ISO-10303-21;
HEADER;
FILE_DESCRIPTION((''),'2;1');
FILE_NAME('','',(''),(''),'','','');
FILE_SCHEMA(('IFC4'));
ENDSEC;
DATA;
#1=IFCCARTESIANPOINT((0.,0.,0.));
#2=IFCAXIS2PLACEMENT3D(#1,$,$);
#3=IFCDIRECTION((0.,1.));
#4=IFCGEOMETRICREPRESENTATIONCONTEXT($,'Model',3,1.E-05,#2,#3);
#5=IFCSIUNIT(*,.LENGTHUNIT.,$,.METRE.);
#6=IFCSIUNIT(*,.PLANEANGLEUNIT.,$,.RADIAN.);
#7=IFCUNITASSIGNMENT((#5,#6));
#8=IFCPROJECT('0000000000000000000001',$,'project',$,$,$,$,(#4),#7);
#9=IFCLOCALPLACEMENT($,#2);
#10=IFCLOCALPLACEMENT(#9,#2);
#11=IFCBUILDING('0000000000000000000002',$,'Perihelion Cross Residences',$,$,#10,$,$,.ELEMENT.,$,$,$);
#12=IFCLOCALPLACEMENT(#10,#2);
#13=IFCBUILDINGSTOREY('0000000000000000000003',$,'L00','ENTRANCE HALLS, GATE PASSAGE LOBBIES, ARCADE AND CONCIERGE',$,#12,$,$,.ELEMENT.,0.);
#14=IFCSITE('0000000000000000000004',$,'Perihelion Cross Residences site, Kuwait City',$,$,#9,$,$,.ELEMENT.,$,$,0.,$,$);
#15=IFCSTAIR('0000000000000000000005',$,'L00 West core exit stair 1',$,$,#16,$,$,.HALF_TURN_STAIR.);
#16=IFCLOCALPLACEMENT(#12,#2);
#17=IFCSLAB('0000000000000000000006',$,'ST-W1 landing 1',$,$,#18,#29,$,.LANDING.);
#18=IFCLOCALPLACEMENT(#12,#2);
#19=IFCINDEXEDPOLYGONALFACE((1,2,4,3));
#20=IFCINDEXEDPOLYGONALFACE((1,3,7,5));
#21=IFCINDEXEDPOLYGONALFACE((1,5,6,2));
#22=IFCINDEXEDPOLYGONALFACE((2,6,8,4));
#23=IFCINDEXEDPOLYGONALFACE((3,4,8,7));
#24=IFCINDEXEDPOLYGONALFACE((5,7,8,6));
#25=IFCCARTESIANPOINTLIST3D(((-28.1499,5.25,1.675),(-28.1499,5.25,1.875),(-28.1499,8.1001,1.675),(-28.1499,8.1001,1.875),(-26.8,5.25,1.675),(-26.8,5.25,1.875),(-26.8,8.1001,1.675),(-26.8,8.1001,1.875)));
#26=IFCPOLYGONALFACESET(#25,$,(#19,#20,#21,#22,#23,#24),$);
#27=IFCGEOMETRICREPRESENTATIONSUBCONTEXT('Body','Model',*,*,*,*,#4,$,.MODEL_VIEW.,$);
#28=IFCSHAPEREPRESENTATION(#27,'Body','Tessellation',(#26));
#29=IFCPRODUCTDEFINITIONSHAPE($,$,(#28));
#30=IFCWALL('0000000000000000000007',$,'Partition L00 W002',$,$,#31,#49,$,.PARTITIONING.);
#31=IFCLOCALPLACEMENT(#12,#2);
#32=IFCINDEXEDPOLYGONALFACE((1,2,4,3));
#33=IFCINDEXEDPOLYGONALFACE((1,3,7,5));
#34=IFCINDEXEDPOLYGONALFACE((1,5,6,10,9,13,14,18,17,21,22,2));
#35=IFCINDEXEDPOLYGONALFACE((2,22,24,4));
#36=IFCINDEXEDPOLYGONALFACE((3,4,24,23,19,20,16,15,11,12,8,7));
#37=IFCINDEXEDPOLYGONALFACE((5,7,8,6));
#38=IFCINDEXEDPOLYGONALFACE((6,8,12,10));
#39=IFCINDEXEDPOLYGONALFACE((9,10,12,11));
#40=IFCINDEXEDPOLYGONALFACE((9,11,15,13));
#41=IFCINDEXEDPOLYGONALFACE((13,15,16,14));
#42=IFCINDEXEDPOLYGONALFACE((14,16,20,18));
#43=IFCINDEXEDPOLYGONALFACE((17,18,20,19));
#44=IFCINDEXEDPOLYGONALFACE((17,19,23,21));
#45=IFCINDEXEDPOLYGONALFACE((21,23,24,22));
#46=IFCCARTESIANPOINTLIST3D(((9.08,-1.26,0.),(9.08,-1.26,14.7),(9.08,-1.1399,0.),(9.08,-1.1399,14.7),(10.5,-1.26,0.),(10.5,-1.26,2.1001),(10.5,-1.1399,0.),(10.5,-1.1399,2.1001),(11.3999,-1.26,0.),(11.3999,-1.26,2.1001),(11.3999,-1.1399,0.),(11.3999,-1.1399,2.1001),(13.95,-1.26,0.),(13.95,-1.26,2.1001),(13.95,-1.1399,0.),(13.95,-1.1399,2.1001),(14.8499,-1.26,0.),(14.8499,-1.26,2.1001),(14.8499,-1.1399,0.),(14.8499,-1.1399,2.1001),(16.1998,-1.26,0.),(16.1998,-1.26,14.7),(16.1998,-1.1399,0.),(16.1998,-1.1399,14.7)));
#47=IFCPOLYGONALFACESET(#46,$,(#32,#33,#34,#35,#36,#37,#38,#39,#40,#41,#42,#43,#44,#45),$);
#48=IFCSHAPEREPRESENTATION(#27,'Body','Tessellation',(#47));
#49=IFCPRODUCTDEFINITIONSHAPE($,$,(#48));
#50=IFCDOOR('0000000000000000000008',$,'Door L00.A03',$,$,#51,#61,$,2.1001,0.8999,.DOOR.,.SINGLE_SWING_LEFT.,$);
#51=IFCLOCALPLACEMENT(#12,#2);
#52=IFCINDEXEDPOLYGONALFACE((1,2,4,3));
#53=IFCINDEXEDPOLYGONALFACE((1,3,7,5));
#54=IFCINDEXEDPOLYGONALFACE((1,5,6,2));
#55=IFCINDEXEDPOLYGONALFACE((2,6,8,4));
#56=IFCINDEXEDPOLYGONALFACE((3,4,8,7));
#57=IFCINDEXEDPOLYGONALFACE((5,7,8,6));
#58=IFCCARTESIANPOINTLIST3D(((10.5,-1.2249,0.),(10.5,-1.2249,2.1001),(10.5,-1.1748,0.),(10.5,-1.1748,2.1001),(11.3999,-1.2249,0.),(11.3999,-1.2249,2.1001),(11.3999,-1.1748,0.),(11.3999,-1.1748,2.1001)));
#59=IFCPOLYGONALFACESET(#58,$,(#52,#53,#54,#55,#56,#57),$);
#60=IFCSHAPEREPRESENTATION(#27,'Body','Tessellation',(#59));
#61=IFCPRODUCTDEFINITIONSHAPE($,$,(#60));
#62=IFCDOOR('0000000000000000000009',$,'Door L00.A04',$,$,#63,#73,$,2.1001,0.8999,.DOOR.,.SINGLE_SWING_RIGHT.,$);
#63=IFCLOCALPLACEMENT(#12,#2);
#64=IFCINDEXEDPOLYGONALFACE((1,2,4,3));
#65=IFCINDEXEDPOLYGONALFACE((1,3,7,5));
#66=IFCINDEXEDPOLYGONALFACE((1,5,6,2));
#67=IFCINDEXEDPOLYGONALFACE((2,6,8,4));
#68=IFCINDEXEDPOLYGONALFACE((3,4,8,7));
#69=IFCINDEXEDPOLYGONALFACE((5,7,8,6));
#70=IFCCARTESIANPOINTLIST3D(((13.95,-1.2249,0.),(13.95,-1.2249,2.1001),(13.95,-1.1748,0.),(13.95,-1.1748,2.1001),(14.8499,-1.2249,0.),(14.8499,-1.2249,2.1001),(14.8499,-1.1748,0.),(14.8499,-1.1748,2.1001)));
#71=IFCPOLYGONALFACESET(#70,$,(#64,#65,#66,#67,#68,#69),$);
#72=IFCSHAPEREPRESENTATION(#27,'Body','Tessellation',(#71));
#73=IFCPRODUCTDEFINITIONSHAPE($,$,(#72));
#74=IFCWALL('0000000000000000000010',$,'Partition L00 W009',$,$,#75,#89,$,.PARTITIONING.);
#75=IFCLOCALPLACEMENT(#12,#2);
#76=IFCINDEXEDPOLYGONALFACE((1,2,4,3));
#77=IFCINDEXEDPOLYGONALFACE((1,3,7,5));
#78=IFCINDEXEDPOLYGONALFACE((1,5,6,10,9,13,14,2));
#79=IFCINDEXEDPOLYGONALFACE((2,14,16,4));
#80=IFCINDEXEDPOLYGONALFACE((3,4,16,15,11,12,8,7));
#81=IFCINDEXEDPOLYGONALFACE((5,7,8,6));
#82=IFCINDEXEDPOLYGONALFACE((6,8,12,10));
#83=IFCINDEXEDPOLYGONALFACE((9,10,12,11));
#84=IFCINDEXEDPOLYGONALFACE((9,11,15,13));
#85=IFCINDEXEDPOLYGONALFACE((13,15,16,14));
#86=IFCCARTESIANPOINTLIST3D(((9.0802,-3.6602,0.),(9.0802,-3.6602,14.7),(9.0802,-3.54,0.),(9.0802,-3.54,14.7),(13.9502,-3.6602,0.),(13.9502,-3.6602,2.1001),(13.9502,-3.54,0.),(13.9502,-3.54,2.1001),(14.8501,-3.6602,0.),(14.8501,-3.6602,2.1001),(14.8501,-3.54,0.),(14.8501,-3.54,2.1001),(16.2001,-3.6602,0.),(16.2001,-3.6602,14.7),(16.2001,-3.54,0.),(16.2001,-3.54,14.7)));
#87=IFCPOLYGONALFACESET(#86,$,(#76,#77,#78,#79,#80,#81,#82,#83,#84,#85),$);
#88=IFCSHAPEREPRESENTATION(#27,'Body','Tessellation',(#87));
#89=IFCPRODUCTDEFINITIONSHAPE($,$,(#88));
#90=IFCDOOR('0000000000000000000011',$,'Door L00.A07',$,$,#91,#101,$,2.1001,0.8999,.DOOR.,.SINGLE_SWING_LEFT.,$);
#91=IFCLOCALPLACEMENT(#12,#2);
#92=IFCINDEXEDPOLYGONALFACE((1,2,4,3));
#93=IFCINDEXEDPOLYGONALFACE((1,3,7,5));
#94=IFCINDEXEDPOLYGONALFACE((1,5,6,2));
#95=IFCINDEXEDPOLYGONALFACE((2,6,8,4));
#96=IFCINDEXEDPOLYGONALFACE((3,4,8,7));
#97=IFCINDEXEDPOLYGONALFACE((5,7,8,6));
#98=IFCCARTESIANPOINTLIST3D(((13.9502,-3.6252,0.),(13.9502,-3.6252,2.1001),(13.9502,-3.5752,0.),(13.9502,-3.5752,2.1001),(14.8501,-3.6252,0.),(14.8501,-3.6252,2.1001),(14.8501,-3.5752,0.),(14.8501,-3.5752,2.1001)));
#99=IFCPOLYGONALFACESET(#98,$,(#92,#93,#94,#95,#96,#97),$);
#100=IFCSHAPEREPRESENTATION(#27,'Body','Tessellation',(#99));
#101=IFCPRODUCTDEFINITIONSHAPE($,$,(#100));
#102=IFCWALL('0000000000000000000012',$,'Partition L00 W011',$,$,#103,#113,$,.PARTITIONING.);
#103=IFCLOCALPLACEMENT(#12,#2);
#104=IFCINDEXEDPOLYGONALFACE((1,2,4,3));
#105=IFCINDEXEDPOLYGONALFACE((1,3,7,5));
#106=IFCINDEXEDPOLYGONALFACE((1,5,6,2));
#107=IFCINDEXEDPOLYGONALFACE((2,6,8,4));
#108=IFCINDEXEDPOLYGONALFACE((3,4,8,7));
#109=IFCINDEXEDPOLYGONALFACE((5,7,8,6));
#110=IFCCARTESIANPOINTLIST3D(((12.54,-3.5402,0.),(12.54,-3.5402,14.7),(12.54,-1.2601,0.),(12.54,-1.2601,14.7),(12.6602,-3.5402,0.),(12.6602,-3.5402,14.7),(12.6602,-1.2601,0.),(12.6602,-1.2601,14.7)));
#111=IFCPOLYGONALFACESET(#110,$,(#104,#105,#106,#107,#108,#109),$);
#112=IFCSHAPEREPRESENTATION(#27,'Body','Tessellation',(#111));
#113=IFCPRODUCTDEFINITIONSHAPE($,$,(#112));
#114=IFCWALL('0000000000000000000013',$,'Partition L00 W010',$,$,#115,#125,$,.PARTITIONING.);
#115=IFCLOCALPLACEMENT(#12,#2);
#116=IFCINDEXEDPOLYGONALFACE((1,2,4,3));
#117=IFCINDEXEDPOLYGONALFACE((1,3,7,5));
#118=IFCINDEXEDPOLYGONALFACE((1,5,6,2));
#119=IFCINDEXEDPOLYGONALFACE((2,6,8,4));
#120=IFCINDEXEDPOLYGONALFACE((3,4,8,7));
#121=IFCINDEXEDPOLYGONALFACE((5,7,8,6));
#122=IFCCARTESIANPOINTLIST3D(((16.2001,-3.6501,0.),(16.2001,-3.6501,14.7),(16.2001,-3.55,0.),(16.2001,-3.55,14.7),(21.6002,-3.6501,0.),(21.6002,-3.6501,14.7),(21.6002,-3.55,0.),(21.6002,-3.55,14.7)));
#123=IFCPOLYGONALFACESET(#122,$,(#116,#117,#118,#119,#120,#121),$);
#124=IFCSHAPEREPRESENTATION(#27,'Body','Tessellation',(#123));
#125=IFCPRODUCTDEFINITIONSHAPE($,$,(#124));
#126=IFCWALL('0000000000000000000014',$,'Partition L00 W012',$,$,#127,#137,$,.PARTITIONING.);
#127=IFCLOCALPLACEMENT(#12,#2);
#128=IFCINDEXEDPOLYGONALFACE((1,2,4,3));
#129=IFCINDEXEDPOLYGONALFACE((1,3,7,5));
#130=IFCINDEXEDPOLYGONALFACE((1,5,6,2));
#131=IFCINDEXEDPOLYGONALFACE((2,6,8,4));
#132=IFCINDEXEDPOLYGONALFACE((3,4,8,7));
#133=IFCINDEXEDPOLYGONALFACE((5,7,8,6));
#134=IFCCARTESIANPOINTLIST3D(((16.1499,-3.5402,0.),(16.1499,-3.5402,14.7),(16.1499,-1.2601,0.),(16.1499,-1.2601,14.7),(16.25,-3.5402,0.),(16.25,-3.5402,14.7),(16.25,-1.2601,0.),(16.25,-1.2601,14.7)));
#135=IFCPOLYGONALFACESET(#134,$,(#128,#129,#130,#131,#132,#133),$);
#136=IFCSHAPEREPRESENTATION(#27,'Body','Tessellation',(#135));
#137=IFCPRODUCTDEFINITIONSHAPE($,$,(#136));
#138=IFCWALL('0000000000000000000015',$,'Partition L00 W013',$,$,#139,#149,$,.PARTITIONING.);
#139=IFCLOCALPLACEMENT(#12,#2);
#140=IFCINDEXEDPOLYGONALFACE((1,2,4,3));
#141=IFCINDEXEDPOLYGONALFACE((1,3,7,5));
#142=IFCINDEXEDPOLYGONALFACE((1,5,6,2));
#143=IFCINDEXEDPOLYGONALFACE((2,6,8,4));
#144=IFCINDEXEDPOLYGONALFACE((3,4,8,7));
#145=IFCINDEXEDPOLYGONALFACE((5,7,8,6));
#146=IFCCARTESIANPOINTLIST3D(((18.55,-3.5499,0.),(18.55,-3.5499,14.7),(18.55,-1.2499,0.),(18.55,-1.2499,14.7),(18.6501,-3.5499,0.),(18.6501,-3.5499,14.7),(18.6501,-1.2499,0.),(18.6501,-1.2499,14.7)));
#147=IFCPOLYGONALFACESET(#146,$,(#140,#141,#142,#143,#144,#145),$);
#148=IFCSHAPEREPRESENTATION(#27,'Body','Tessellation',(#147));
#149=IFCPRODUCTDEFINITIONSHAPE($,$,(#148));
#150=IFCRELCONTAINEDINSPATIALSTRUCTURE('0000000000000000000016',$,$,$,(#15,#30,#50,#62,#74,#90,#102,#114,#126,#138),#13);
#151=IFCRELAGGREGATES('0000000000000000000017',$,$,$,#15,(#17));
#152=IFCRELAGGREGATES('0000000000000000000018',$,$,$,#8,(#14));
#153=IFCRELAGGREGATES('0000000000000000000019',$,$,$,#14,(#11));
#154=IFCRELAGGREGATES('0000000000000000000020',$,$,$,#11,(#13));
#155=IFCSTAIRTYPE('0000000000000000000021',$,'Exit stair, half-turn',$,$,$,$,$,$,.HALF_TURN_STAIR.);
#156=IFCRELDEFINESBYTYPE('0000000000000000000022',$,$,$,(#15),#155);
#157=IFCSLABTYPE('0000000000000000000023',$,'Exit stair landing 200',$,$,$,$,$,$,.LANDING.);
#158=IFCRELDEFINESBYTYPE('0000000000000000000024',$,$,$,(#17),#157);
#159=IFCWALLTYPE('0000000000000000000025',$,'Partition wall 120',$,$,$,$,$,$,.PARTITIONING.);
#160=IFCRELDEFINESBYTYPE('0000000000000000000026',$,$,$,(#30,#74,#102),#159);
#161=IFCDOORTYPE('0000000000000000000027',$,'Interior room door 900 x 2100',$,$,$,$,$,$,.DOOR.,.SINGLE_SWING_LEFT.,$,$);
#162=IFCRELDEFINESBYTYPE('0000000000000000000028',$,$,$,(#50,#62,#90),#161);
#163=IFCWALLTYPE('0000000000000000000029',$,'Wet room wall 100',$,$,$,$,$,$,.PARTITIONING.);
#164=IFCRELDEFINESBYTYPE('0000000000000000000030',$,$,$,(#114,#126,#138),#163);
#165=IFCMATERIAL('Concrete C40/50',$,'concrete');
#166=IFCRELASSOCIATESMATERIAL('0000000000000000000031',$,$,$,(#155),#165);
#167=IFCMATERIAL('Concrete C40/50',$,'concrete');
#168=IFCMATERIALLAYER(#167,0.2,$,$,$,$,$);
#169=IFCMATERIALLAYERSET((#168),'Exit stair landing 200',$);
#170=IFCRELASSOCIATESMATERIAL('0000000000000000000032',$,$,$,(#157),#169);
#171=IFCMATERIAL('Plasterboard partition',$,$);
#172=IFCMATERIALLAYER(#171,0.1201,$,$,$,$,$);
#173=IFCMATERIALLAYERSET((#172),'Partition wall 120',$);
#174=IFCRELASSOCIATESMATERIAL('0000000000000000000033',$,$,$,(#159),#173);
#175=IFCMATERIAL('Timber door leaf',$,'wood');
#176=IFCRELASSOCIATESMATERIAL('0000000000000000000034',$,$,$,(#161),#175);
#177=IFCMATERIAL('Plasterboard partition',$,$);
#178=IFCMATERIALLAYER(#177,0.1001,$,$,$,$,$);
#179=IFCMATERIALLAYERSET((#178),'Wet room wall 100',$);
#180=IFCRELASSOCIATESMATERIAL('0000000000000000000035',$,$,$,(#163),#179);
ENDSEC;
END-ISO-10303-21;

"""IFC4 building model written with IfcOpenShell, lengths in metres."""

from ifc_helpers import new_model, si_unit, direction, frame, frame_2d, origin, place, context, subcontext, project, spatial, polyline, rectangle, outline, extrude, material, layer, layer_set, type_object, element, fill, aggregate, save


model = new_model("IFC4")

# Units and contexts
model_context = context("Model", 3, precision=1e-05, world=origin(), true_north=direction((0.0, 1.0)))
body_context = subcontext(model_context, "Body", "Model", "MODEL_VIEW")
ifc_project = project(units=[si_unit("LENGTHUNIT", "METRE"), si_unit("PLANEANGLEUNIT", "RADIAN")], contexts=[model_context])

# Site, building, storey
site_placement = place(None, origin())
site = spatial("IfcSite", under=ifc_project, at=site_placement, Name="Perihelion Cross Residences site, Kuwait City", CompositionType="ELEMENT", RefElevation=0.0)
building_placement = place(site_placement, origin())
building = spatial("IfcBuilding", under=site, at=building_placement, Name="Perihelion Cross Residences", CompositionType="ELEMENT")
storey_placement = place(building_placement, origin())
storey = spatial("IfcBuildingStorey", under=building, at=storey_placement, Name="L00", Description="ENTRANCE HALLS, GATE PASSAGE LOBBIES, ARCADE AND CONCIERGE", CompositionType="ELEMENT", Elevation=0.0)

# Shared definitions
ifc_material_1 = material(Name="Concrete C40/50", Category="concrete")
stair_type = type_object("IfcStairType", Name="Exit stair, half-turn", PredefinedType="HALF_TURN_STAIR", material=ifc_material_1)
ifc_material_2 = material(Name="Concrete C40/50", Category="concrete")
ifc_layer_1 = layer(ifc_material_2, 0.2)
ifc_layer_set_1 = layer_set([ifc_layer_1], Name="Exit stair landing 200")
slab_type = type_object("IfcSlabType", Name="Exit stair landing 200", PredefinedType="LANDING", material=ifc_layer_set_1)

# Stair, slab
stair_1_placement = place(storey_placement, origin())
stair_1 = element("IfcStair", 1, at=stair_1_placement, inside=storey, type_object=stair_type, Name="L00 West core exit stair 1", PredefinedType="HALF_TURN_STAIR")
slab_1_placement = place(storey_placement, frame((0.0, 0.0, 1.675)))
slab_1 = element("IfcSlab", 2, at=slab_1_placement, type_object=slab_type, Name="ST-W1 landing 1", PredefinedType="LANDING", context=body_context, shape_type="SweptSolid", body=[
    extrude(outline(polyline([(-26.8, 8.1001), (-28.1499, 8.1001), (-28.1499, 5.25), (-26.8, 5.25), (-26.8, 8.1001)])), origin(), (0.0, 0.0, 1.0), 0.2),
])
aggregate(stair_1, [slab_1])

# Wall, openings, doors
ifc_material_3 = material(Name="Plasterboard partition")
ifc_layer_2 = layer(ifc_material_3, 0.1201)
ifc_layer_set_2 = layer_set([ifc_layer_2], Name="Partition wall 120")
wall_type_1 = type_object("IfcWallType", Name="Partition wall 120", PredefinedType="PARTITIONING", material=ifc_layer_set_2)
wall_1_placement = place(storey_placement, frame((16.2, -1.2, 0.0), z_axis=(0.0, 0.0, 1.0), x_axis=(-1.0, 0.0, 0.0)))
wall_1 = element("IfcWall", 3, at=wall_1_placement, inside=storey, type_object=wall_type_1, Name="Partition L00 W002", PredefinedType="PARTITIONING", context=body_context, shape_type="SweptSolid", body=[
    extrude(rectangle(XDim=7.1199, YDim=0.1201, at=frame_2d((3.5601, 0.0))), origin(), (0.0, 0.0, 1.0), 14.7),
])
opening_1_placement = place(wall_1_placement, frame((4.8, 0.0, 0.0)))
opening_1 = element("IfcOpeningElement", 4, at=opening_1_placement, cuts=wall_1, PredefinedType="OPENING", context=body_context, shape_type="SweptSolid", body=[
    extrude(rectangle(XDim=0.8999, YDim=2.1001, at=frame_2d((0.45, 1.05))), frame((0.0, 0.0701, 0.0), z_axis=(0.0, -1.0, 0.0), x_axis=(1.0, 0.0, 0.0)), (0.0, 0.0, 1.0), 0.1401),
])
opening_2_placement = place(wall_1_placement, frame((1.3501, 0.0, 0.0)))
opening_2 = element("IfcOpeningElement", 5, at=opening_2_placement, cuts=wall_1, PredefinedType="OPENING", context=body_context, shape_type="SweptSolid", body=[
    extrude(rectangle(XDim=0.8999, YDim=2.1001, at=frame_2d((0.45, 1.05))), frame((0.0, 0.0701, 0.0), z_axis=(0.0, -1.0, 0.0), x_axis=(1.0, 0.0, 0.0)), (0.0, 0.0, 1.0), 0.1401),
])
ifc_material_4 = material(Name="Timber door leaf", Category="wood")
door_type_1 = type_object("IfcDoorType", Name="Interior room door 900 x 2100", OperationType="SINGLE_SWING_LEFT", PredefinedType="DOOR", material=ifc_material_4)
door_1_placement = place(opening_1_placement, origin())
door_1 = element("IfcDoor", 6, at=door_1_placement, inside=storey, type_object=door_type_1, Name="Door L00.A03", OperationType="SINGLE_SWING_LEFT", OverallHeight=2.1001, OverallWidth=0.8999, PredefinedType="DOOR", context=body_context, shape_type="SweptSolid", body=[
    extrude(rectangle(XDim=0.8999, YDim=2.1001, at=frame_2d((0.45, 1.05))), frame((0.0, 0.0249, 0.0), z_axis=(0.0, -1.0, 0.0), x_axis=(1.0, 0.0, 0.0)), (0.0, 0.0, 1.0), 0.05),
])
fill(opening_1, door_1)
door_2_placement = place(opening_2_placement, origin())
door_2 = element("IfcDoor", 7, at=door_2_placement, inside=storey, type_object=door_type_1, Name="Door L00.A04", OperationType="SINGLE_SWING_RIGHT", OverallHeight=2.1001, OverallWidth=0.8999, PredefinedType="DOOR", context=body_context, shape_type="SweptSolid", body=[
    extrude(rectangle(XDim=0.8999, YDim=2.1001, at=frame_2d((0.45, 1.05))), frame((0.0, 0.0249, 0.0), z_axis=(0.0, -1.0, 0.0), x_axis=(1.0, 0.0, 0.0)), (0.0, 0.0, 1.0), 0.05),
])
fill(opening_2, door_2)

# Wall, opening, door
wall_2_placement = place(storey_placement, frame((9.0801, -3.6001, 0.0), z_axis=(0.0, 0.0, 1.0), x_axis=(1.0, 0.0, 0.0)))
wall_2 = element("IfcWall", 8, at=wall_2_placement, inside=storey, type_object=wall_type_1, Name="Partition L00 W009", PredefinedType="PARTITIONING", context=body_context, shape_type="SweptSolid", body=[
    extrude(rectangle(XDim=7.1199, YDim=0.1201, at=frame_2d((3.5601, 0.0))), origin(), (0.0, 0.0, 1.0), 14.7),
])
opening_3_placement = place(wall_2_placement, frame((4.8701, 0.0, 0.0)))
opening_3 = element("IfcOpeningElement", 9, at=opening_3_placement, cuts=wall_2, PredefinedType="OPENING", context=body_context, shape_type="SweptSolid", body=[
    extrude(rectangle(XDim=0.8999, YDim=2.1001, at=frame_2d((0.45, 1.05))), frame((0.0, 0.0701, 0.0), z_axis=(0.0, -1.0, 0.0), x_axis=(1.0, 0.0, 0.0)), (0.0, 0.0, 1.0), 0.1401),
])
door_3_placement = place(opening_3_placement, origin())
door_3 = element("IfcDoor", 10, at=door_3_placement, inside=storey, type_object=door_type_1, Name="Door L00.A07", OperationType="SINGLE_SWING_LEFT", OverallHeight=2.1001, OverallWidth=0.8999, PredefinedType="DOOR", context=body_context, shape_type="SweptSolid", body=[
    extrude(rectangle(XDim=0.8999, YDim=2.1001, at=frame_2d((0.45, 1.05))), frame((0.0, 0.0249, 0.0), z_axis=(0.0, -1.0, 0.0), x_axis=(1.0, 0.0, 0.0)), (0.0, 0.0, 1.0), 0.05),
])
fill(opening_3, door_3)

# Walls
wall_3_placement = place(storey_placement, frame((12.6001, -1.26, 0.0), z_axis=(0.0, 0.0, 1.0), x_axis=(0.0, -1.0, 0.0)))
element("IfcWall", 11, at=wall_3_placement, inside=storey, type_object=wall_type_1, Name="Partition L00 W011", PredefinedType="PARTITIONING", context=body_context, shape_type="SweptSolid", body=[
    extrude(rectangle(XDim=2.28, YDim=0.1201, at=frame_2d((1.1401, 0.0))), origin(), (0.0, 0.0, 1.0), 14.7),
])
ifc_material_5 = material(Name="Plasterboard partition")
ifc_layer_3 = layer(ifc_material_5, 0.1001)
ifc_layer_set_3 = layer_set([ifc_layer_3], Name="Wet room wall 100")
wall_type_2 = type_object("IfcWallType", Name="Wet room wall 100", PredefinedType="PARTITIONING", material=ifc_layer_set_3)
wall_4_placement = place(storey_placement, frame((16.2, -3.6001, 0.0), z_axis=(0.0, 0.0, 1.0), x_axis=(1.0, 0.0, 0.0)))
element("IfcWall", 12, at=wall_4_placement, inside=storey, type_object=wall_type_2, Name="Partition L00 W010", PredefinedType="PARTITIONING", context=body_context, shape_type="SweptSolid", body=[
    extrude(rectangle(XDim=5.4001, YDim=0.1001, at=frame_2d((2.7002, 0.0))), origin(), (0.0, 0.0, 1.0), 14.7),
])
wall_5_placement = place(storey_placement, frame((16.2, -1.26, 0.0), z_axis=(0.0, 0.0, 1.0), x_axis=(0.0, -1.0, 0.0)))
element("IfcWall", 13, at=wall_5_placement, inside=storey, type_object=wall_type_2, Name="Partition L00 W012", PredefinedType="PARTITIONING", context=body_context, shape_type="SweptSolid", body=[
    extrude(rectangle(XDim=2.28, YDim=0.1001, at=frame_2d((1.1401, 0.0))), origin(), (0.0, 0.0, 1.0), 14.7),
])
wall_6_placement = place(storey_placement, frame((18.6001, -1.25, 0.0), z_axis=(0.0, 0.0, 1.0), x_axis=(0.0, -1.0, 0.0)))
element("IfcWall", 14, at=wall_6_placement, inside=storey, type_object=wall_type_2, Name="Partition L00 W013", PredefinedType="PARTITIONING", context=body_context, shape_type="SweptSolid", body=[
    extrude(rectangle(XDim=2.3, YDim=0.1001, at=frame_2d((1.1499, 0.0))), origin(), (0.0, 0.0, 1.0), 14.7),
])

save(model, "model.ifc")
